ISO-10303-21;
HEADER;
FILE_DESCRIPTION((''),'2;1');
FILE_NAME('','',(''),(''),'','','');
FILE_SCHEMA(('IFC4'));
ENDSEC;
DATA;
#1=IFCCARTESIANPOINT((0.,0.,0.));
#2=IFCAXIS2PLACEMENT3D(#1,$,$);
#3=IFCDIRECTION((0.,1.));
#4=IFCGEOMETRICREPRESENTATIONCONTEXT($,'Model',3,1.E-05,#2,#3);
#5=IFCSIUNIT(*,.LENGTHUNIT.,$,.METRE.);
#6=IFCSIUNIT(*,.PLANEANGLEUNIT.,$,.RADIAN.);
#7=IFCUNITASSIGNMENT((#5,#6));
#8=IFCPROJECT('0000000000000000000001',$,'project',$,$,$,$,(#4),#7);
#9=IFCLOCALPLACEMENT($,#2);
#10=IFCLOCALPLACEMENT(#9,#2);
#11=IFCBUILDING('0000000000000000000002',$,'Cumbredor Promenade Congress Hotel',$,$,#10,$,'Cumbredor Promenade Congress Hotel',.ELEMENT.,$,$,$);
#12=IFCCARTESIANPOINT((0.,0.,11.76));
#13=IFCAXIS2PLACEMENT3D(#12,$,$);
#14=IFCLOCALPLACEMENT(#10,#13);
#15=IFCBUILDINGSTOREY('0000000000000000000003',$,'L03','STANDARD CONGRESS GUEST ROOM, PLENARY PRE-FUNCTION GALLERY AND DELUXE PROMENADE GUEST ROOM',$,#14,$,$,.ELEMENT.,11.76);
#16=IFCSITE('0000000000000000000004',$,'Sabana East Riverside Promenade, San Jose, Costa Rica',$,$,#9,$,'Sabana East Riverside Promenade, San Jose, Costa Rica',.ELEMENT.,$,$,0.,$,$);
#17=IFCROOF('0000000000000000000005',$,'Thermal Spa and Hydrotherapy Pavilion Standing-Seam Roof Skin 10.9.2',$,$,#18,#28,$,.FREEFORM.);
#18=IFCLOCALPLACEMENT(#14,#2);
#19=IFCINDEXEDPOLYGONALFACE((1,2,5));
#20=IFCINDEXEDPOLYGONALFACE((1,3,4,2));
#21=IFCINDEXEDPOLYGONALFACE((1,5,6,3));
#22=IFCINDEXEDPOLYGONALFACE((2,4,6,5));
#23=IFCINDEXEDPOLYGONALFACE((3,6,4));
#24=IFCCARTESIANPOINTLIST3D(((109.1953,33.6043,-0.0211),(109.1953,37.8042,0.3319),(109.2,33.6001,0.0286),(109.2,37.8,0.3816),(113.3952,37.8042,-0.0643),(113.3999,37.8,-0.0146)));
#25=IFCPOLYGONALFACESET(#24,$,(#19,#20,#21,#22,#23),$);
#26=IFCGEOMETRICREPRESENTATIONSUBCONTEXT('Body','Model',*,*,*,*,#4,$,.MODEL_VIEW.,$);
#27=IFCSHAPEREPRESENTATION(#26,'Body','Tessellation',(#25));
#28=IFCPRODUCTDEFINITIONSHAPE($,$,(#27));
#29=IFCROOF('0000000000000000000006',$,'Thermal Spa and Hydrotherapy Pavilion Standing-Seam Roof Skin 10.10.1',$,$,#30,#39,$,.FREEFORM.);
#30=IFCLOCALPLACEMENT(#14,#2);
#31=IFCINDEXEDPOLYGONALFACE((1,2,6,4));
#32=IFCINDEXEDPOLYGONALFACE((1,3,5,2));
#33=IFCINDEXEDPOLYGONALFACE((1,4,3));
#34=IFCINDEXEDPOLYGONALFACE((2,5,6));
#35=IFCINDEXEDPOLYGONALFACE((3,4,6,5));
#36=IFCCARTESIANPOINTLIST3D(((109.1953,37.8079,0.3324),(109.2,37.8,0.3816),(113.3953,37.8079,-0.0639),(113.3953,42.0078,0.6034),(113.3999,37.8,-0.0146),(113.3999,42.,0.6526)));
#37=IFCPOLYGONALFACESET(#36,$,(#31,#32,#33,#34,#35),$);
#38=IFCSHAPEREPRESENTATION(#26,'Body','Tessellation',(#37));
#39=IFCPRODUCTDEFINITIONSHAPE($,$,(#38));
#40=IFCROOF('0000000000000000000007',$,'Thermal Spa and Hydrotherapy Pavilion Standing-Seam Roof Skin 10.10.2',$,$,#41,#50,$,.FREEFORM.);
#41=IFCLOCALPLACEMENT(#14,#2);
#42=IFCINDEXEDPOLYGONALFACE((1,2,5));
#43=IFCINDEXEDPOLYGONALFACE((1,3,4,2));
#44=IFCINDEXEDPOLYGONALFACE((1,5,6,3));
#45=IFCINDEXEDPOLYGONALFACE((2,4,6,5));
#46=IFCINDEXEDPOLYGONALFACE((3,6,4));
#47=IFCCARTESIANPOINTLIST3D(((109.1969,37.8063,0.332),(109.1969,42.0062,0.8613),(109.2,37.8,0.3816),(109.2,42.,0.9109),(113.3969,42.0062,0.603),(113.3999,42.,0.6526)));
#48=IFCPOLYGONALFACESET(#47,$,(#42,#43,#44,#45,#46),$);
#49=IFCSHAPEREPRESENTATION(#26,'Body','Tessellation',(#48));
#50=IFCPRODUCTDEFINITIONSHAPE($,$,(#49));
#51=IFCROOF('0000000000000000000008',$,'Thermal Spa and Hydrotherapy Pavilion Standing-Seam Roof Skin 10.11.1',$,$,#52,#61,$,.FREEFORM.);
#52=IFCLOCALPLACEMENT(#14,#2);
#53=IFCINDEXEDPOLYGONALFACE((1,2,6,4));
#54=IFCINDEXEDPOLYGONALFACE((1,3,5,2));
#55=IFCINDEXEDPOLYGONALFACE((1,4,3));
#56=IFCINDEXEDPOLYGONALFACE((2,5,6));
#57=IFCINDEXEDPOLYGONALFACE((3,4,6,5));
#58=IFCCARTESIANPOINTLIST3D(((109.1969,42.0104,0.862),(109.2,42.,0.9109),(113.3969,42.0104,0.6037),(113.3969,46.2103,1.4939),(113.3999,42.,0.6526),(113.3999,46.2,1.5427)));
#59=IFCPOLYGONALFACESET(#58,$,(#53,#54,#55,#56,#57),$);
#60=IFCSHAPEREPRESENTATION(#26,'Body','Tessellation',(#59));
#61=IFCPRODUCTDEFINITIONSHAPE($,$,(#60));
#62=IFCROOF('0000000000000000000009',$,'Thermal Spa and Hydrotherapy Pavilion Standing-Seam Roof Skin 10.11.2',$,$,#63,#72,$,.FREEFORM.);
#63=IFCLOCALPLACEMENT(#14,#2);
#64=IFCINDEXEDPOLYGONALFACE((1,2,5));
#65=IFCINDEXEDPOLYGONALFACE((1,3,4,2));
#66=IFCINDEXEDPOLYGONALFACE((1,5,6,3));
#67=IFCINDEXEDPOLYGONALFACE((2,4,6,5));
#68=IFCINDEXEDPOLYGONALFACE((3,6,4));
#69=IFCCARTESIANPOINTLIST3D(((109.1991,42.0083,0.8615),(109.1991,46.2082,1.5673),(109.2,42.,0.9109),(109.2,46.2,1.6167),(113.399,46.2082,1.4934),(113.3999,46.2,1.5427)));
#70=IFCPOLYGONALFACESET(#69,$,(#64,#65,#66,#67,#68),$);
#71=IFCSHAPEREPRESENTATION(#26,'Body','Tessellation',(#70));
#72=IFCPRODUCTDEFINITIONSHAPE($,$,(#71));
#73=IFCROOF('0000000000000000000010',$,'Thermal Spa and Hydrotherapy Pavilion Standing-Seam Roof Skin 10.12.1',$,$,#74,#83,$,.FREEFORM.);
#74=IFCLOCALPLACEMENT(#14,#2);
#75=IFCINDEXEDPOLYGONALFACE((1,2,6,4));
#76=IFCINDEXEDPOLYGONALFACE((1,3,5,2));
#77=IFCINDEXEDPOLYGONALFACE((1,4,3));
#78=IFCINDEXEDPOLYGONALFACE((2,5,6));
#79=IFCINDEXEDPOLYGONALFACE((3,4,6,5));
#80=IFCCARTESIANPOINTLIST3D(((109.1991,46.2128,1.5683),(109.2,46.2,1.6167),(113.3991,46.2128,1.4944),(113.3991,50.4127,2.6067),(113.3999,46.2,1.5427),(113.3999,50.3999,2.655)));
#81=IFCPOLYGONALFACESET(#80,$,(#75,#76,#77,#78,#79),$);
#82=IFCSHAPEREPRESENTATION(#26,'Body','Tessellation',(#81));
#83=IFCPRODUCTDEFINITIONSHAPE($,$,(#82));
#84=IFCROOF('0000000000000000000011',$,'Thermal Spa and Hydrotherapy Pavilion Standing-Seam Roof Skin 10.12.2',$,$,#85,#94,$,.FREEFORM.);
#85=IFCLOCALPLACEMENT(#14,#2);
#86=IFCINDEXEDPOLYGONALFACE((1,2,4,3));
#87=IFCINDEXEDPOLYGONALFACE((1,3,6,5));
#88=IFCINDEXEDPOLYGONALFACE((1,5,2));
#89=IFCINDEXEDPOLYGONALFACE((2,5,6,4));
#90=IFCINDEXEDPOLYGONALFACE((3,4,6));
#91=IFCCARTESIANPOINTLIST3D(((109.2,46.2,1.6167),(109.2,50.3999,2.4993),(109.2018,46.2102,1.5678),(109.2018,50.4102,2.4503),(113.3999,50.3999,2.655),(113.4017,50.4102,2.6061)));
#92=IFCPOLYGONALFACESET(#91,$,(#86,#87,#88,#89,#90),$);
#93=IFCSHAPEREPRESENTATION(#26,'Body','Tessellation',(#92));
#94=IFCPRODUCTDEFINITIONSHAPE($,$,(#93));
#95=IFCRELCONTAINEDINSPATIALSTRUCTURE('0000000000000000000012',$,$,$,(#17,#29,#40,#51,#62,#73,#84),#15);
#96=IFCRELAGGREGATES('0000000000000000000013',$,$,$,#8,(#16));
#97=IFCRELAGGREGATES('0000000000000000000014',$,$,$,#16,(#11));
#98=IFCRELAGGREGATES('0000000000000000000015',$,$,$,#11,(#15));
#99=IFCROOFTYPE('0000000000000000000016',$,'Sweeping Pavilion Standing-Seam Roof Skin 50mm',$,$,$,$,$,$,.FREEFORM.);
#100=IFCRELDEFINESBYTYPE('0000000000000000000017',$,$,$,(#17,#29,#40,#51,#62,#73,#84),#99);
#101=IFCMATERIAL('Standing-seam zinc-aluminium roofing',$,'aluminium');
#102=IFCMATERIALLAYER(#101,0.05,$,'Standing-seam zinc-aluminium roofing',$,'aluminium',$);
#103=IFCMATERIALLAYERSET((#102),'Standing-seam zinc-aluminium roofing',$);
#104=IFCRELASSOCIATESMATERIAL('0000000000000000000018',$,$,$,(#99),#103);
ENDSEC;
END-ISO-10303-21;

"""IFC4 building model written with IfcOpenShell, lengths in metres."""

from ifc_helpers import new_model, si_unit, direction, frame, origin, place, context, subcontext, project, spatial, polyline, outline, extrude, material, layer, layer_set, type_object, element, save


model = new_model("IFC4")

# Units and contexts
model_context = context("Model", 3, precision=1e-05, world=origin(), true_north=direction((0.0, 1.0)))
body_context = subcontext(model_context, "Body", "Model", "MODEL_VIEW")
ifc_project = project(units=[si_unit("LENGTHUNIT", "METRE"), si_unit("PLANEANGLEUNIT", "RADIAN")], contexts=[model_context])

# Site, building, storey
site_placement = place(None, origin())
site = spatial("IfcSite", under=ifc_project, at=site_placement, Name="Sabana East Riverside Promenade, San Jose, Costa Rica", LongName="Sabana East Riverside Promenade, San Jose, Costa Rica", CompositionType="ELEMENT", RefElevation=0.0)
building_placement = place(site_placement, origin())
building = spatial("IfcBuilding", under=site, at=building_placement, Name="Cumbredor Promenade Congress Hotel", LongName="Cumbredor Promenade Congress Hotel", CompositionType="ELEMENT")
storey_placement = place(building_placement, frame((0.0, 0.0, 11.76)))
storey = spatial("IfcBuildingStorey", under=building, at=storey_placement, Name="L03", Description="STANDARD CONGRESS GUEST ROOM, PLENARY PRE-FUNCTION GALLERY AND DELUXE PROMENADE GUEST ROOM", CompositionType="ELEMENT", Elevation=11.76)

# Roofs
ifc_material_1 = material(Name="Standing-seam zinc-aluminium roofing", Category="aluminium")
ifc_layer_1 = layer(ifc_material_1, 0.05, Name="Standing-seam zinc-aluminium roofing", Category="aluminium")
ifc_layer_set_1 = layer_set([ifc_layer_1], Name="Standing-seam zinc-aluminium roofing")
roof_type = type_object("IfcRoofType", Name="Sweeping Pavilion Standing-Seam Roof Skin 50mm", PredefinedType="FREEFORM", material=ifc_layer_set_1)
roof_1_placement = place(storey_placement, frame((109.2, 33.6001, 0.0286), z_axis=(0.0936, -0.083392, 0.992111), x_axis=(0.707088, 0.707088, -0.007275)))
element("IfcRoof", 1, at=roof_1_placement, inside=storey, type_object=roof_type, Name="Thermal Spa and Hydrotherapy Pavilion Standing-Seam Roof Skin 10.9.2", PredefinedType="FREEFORM", context=body_context, shape_type="SweptSolid", body=[
    extrude(outline(polyline([(0.0, 0.0), (5.9398, 0.0), (2.9672, 2.9933), (0.0, 0.0)])), origin(), (0.0, 0.0, -1.0), 0.05),
])
roof_2_placement = place(storey_placement, frame((109.2, 37.8, 0.3816), z_axis=(0.092774, -0.156223, 0.983355), x_axis=(0.995579, 0.0, -0.093927)))
element("IfcRoof", 2, at=roof_2_placement, inside=storey, type_object=roof_type, Name="Thermal Spa and Hydrotherapy Pavilion Standing-Seam Roof Skin 10.10.1", PredefinedType="FREEFORM", context=body_context, shape_type="SweptSolid", body=[
    extrude(outline(polyline([(0.0, 0.0), (4.2186, 0.0), (4.1559, 4.2522), (0.0, 0.0)])), origin(), (0.0, 0.0, -1.0), 0.05),
])
roof_3_placement = place(storey_placement, frame((109.2, 37.8, 0.3816), z_axis=(0.060905, -0.124803, 0.99031), x_axis=(0.706372, 0.706372, 0.045578)))
element("IfcRoof", 3, at=roof_3_placement, inside=storey, type_object=roof_type, Name="Thermal Spa and Hydrotherapy Pavilion Standing-Seam Roof Skin 10.10.2", PredefinedType="FREEFORM", context=body_context, shape_type="SweptSolid", body=[
    extrude(outline(polyline([(0.0, 0.0), (5.9458, 0.0), (2.9909, 2.9958), (0.0, 0.0)])), origin(), (0.0, 0.0, -1.0), 0.05),
])
roof_4_placement = place(storey_placement, frame((109.2, 42.0, 0.9109), z_axis=(0.060056, -0.20696, 0.976504), x_axis=(0.998114, 0.0, -0.061385)))
element("IfcRoof", 4, at=roof_4_placement, inside=storey, type_object=roof_type, Name="Thermal Spa and Hydrotherapy Pavilion Standing-Seam Roof Skin 10.11.1", PredefinedType="FREEFORM", context=body_context, shape_type="SweptSolid", body=[
    extrude(outline(polyline([(0.0, 0.0), (4.2079, 0.0), (4.1532, 4.2929), (0.0, 0.0)])), origin(), (0.0, 0.0, -1.0), 0.05),
])
roof_5_placement = place(storey_placement, frame((109.2, 42.0, 0.9109), z_axis=(0.017367, -0.165703, 0.986023), x_axis=(0.70314, 0.70314, 0.10578)))
element("IfcRoof", 5, at=roof_5_placement, inside=storey, type_object=roof_type, Name="Thermal Spa and Hydrotherapy Pavilion Standing-Seam Roof Skin 10.11.2", PredefinedType="FREEFORM", context=body_context, shape_type="SweptSolid", body=[
    extrude(outline(polyline([(0.0, 0.0), (5.9731, 0.0), (3.0278, 2.995), (0.0, 0.0)])), origin(), (0.0, 0.0, -1.0), 0.05),
])
roof_6_placement = place(storey_placement, frame((109.2, 46.2, 1.6167), z_axis=(0.017024, -0.255974, 0.966534), x_axis=(0.999845, 0.0, -0.01761)))
element("IfcRoof", 6, at=roof_6_placement, inside=storey, type_object=roof_type, Name="Thermal Spa and Hydrotherapy Pavilion Standing-Seam Roof Skin 10.12.1", PredefinedType="FREEFORM", context=body_context, shape_type="SweptSolid", body=[
    extrude(outline(polyline([(0.0, 0.0), (4.2006, 0.0), (4.181, 4.3447), (0.0, 0.0)])), origin(), (0.0, 0.0, -1.0), 0.05),
])
roof_7_placement = place(storey_placement, frame((109.2, 46.2, 1.6167), z_axis=(-0.03627, -0.205511, 0.977982), x_axis=(0.696544, 0.696544, 0.172203)))
element("IfcRoof", 7, at=roof_7_placement, inside=storey, type_object=roof_type, Name="Thermal Spa and Hydrotherapy Pavilion Standing-Seam Roof Skin 10.12.2", PredefinedType="FREEFORM", context=body_context, shape_type="SweptSolid", body=[
    extrude(outline(polyline([(0.0, 0.0), (6.0297, 0.0), (3.0774, 2.9913), (0.0, 0.0)])), origin(), (0.0, 0.0, -1.0), 0.05),
])

save(model, "model.ifc")
